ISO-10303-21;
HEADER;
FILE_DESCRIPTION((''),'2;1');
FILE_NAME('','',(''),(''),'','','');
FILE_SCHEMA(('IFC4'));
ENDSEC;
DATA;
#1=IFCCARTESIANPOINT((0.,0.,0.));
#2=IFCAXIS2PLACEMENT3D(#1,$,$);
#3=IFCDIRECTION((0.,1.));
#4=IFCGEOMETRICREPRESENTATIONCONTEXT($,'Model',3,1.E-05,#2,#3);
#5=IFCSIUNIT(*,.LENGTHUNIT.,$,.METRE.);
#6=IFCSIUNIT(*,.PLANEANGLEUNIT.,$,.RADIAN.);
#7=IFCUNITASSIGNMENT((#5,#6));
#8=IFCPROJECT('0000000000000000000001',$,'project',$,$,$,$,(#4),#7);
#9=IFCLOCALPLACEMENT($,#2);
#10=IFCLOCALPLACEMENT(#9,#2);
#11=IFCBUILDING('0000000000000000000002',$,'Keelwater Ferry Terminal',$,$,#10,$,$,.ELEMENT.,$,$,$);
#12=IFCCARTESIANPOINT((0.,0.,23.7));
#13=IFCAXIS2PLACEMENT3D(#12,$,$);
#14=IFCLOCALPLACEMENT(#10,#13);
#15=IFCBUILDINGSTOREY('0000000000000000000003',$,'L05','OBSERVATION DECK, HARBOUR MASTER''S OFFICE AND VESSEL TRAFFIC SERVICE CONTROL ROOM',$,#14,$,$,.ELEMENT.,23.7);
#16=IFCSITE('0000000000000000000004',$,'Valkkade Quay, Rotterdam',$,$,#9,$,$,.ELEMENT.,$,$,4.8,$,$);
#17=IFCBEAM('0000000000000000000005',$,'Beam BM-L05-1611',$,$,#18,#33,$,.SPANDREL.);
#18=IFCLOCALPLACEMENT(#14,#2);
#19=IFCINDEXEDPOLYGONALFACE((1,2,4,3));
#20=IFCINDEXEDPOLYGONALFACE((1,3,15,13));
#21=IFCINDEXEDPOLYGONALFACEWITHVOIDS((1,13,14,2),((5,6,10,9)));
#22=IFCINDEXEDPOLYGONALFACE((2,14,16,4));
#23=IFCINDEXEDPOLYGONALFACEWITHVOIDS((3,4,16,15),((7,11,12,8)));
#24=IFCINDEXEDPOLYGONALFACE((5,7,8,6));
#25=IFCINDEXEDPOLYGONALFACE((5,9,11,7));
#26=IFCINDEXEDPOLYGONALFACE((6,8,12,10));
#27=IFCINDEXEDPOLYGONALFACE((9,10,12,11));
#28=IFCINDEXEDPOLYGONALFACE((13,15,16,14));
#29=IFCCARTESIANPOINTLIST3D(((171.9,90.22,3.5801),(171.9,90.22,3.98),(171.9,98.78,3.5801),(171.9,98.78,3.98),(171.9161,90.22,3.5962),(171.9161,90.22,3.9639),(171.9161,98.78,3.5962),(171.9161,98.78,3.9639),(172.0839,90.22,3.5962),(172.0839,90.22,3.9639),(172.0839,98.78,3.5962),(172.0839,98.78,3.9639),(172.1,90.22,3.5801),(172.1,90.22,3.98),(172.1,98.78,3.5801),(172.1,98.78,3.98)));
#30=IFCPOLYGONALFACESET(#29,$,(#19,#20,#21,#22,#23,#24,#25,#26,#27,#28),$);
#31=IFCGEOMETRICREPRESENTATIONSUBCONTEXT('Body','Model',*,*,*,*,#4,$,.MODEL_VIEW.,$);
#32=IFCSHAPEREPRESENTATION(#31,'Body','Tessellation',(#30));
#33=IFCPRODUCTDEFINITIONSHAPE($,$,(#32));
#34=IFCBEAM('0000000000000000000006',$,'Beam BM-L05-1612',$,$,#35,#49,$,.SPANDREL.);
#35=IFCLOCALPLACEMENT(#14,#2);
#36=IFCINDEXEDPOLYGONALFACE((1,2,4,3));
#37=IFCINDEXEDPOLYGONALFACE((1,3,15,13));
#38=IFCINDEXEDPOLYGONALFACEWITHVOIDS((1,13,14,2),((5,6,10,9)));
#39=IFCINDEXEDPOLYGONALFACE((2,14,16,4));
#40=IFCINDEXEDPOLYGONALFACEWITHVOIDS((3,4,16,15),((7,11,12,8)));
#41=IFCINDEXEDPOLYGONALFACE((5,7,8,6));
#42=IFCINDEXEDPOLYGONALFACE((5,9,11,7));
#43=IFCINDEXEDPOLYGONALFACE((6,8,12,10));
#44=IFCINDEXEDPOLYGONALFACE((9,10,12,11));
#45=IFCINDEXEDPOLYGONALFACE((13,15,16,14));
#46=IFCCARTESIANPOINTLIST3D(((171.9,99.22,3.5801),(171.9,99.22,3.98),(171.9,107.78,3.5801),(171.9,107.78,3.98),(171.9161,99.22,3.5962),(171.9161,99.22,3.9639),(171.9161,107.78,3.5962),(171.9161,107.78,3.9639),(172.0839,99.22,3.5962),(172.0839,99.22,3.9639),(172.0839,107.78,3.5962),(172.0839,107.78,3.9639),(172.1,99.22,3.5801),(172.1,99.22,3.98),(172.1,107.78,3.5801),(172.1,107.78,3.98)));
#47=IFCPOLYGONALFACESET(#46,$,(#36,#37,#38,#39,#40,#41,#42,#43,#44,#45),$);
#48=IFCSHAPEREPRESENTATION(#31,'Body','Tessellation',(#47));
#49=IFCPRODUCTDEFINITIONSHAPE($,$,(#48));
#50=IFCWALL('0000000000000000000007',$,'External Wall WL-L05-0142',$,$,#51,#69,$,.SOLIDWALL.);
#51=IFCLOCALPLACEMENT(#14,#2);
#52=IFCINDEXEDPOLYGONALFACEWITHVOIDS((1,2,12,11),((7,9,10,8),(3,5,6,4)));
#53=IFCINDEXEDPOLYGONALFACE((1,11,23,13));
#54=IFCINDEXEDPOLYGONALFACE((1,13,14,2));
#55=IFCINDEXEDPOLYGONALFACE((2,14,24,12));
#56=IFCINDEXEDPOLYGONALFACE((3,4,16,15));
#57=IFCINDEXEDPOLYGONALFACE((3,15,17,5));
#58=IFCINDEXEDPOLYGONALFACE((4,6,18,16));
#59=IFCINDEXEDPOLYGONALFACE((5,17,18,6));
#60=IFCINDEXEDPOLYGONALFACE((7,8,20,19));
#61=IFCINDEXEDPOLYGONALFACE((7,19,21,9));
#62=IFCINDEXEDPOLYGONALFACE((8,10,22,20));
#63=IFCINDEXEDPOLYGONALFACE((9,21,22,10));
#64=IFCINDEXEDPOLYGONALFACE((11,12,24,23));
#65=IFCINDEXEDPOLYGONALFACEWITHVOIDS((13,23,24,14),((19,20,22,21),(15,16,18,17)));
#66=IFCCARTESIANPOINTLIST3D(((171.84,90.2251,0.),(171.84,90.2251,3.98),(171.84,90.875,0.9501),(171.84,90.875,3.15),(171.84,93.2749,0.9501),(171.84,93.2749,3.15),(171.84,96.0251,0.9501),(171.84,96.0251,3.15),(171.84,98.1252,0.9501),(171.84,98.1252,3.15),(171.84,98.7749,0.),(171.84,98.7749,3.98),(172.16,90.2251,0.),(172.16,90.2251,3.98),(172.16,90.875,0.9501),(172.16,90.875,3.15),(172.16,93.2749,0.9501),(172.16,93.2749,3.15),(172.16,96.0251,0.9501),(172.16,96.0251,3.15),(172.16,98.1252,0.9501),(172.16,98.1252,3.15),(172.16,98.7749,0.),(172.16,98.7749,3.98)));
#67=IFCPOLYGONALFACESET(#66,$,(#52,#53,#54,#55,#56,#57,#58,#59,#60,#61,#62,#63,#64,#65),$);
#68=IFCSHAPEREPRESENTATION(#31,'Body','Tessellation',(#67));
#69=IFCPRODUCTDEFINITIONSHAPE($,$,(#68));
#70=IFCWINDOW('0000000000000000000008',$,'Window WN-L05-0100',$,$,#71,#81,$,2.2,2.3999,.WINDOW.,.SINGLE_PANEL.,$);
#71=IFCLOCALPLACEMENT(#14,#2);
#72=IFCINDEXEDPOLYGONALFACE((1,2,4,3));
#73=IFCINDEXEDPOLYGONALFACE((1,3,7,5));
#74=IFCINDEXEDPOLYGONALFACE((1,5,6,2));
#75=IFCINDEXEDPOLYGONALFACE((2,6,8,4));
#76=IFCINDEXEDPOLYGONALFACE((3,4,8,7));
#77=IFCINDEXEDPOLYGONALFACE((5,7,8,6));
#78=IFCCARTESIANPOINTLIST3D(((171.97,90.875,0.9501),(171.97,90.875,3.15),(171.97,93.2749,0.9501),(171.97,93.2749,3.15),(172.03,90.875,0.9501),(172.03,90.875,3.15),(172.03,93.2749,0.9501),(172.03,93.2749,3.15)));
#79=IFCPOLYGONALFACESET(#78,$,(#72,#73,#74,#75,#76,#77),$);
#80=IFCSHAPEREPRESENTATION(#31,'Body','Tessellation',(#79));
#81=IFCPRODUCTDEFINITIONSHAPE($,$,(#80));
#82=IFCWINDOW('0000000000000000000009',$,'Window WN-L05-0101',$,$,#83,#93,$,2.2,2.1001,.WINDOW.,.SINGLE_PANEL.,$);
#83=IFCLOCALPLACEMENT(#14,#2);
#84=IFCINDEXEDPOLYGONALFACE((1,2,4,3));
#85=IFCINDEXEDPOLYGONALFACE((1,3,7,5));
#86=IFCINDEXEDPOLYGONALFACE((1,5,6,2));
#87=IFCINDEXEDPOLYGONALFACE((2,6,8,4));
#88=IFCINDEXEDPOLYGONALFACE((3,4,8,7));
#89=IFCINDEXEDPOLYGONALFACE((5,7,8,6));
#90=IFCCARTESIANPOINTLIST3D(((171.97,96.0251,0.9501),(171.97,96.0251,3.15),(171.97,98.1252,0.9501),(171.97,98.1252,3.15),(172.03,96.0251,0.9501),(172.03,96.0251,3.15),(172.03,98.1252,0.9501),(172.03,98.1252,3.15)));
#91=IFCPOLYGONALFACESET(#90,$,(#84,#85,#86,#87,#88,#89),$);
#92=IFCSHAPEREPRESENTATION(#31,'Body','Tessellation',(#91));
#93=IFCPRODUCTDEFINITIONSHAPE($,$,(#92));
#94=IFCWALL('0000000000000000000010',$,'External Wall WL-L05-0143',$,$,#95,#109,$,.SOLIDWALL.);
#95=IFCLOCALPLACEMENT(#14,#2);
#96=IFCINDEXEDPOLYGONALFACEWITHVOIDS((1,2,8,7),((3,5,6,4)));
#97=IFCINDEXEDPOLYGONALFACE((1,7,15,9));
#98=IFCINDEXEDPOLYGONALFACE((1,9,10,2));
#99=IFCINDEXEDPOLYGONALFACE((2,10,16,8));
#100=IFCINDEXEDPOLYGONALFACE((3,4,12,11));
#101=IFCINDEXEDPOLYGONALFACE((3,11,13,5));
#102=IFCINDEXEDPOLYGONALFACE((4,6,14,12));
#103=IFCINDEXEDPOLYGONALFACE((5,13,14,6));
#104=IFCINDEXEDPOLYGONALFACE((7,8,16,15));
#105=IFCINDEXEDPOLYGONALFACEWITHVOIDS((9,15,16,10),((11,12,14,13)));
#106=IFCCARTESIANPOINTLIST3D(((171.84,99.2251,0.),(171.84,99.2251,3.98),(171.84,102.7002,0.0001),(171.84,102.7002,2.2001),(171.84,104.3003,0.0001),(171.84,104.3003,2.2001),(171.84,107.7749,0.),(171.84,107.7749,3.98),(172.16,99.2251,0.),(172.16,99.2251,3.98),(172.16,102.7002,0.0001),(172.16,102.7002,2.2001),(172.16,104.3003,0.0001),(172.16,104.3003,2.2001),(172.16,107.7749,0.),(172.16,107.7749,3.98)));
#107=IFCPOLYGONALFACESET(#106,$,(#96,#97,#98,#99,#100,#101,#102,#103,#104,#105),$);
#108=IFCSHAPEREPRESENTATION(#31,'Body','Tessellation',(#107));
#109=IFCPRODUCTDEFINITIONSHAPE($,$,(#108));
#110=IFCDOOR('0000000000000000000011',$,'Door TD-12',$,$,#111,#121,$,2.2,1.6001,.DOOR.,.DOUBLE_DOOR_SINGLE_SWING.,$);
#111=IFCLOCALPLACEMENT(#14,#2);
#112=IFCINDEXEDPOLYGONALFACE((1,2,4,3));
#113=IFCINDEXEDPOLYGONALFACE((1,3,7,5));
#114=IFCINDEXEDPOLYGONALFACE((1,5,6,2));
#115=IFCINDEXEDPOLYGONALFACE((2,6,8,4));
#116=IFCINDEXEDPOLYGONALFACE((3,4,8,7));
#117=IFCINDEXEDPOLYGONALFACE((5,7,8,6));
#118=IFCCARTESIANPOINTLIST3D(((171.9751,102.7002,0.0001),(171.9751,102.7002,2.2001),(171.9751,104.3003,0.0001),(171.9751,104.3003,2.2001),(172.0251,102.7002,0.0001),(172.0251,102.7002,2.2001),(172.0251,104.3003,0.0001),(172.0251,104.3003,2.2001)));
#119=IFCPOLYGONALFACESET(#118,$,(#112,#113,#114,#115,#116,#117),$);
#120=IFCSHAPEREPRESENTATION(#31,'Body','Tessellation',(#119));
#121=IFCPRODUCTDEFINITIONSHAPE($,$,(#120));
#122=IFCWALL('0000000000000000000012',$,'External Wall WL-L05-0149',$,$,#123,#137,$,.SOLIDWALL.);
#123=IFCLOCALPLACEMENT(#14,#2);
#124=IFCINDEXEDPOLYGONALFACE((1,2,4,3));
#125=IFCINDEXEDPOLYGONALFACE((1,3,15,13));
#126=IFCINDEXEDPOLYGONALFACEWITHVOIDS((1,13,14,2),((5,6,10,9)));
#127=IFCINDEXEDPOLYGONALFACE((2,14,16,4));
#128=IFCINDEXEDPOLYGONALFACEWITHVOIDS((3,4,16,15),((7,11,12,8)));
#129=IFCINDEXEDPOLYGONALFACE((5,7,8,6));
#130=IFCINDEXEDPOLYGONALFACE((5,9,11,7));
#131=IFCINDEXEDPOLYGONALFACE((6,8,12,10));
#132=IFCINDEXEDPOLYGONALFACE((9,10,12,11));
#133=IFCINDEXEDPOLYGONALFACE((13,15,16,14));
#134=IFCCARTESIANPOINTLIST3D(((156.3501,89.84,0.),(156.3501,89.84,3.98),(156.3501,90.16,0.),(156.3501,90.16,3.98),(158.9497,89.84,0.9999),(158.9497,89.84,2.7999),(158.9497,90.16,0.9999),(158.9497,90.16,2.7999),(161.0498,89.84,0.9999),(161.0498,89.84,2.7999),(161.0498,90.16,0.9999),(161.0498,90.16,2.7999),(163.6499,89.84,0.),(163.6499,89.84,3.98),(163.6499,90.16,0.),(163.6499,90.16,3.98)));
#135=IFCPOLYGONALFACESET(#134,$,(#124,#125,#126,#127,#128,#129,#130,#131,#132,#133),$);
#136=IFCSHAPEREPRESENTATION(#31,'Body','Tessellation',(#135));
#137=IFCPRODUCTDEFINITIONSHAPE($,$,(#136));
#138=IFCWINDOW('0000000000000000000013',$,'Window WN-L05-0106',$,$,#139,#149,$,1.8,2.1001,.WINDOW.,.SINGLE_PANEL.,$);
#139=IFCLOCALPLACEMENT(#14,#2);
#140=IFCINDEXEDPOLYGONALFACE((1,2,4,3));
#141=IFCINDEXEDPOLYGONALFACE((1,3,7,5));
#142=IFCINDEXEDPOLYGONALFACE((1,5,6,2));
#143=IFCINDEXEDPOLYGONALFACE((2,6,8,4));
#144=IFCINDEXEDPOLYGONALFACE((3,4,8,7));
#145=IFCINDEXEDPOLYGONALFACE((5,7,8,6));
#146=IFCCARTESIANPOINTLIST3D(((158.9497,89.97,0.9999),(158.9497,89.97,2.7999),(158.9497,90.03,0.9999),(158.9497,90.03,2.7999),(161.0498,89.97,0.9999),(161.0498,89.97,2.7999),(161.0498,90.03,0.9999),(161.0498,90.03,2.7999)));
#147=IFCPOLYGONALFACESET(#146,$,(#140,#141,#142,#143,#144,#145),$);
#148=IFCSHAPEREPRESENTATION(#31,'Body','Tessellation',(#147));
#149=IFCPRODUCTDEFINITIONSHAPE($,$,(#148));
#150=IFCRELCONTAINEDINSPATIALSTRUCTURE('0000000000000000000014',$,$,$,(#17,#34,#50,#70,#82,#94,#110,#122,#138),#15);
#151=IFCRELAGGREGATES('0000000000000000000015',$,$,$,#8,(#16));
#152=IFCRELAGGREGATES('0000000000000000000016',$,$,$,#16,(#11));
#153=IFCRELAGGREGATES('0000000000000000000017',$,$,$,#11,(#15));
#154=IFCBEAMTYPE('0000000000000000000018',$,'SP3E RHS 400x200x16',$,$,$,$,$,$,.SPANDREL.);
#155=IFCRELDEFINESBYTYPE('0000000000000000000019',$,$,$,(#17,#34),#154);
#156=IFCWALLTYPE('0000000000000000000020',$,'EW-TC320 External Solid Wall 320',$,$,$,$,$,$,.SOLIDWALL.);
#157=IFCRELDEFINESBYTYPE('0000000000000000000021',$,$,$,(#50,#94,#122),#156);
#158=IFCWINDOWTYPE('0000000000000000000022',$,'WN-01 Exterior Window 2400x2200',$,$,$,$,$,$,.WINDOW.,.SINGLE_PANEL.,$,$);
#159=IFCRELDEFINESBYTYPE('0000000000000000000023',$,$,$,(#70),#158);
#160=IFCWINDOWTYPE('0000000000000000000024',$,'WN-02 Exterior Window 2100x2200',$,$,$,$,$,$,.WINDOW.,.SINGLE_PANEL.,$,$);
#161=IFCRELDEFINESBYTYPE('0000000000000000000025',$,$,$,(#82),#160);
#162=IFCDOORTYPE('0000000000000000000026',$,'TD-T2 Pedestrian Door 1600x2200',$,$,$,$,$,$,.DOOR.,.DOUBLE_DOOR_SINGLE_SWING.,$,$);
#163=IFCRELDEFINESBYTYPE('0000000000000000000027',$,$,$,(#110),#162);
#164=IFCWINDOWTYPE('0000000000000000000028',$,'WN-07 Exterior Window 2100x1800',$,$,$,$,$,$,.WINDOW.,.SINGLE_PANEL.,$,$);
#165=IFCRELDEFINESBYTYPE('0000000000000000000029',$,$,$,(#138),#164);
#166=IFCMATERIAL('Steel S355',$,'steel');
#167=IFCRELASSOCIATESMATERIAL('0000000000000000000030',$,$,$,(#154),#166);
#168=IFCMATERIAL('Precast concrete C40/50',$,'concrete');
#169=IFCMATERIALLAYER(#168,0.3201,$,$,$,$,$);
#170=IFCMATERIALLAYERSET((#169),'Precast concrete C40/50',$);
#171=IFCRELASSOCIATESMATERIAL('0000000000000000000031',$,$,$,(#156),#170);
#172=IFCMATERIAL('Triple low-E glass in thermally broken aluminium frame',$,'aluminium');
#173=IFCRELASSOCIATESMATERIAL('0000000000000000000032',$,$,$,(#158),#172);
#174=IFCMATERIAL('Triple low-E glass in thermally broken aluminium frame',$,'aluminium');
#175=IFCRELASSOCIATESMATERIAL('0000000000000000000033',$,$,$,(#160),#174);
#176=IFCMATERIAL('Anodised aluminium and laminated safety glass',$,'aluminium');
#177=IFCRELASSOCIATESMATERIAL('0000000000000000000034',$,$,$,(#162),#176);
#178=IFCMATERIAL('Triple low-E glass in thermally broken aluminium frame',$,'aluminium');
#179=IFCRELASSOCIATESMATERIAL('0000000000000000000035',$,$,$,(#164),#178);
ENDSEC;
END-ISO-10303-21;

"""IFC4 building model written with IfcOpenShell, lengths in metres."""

from ifc_helpers import new_model, si_unit, direction, frame, frame_2d, origin, origin_2d, place, context, subcontext, project, spatial, rectangle, hollow_rectangle, extrude, material, layer, layer_set, material_profile, profile_set, type_object, element, fill, save


model = new_model("IFC4")

# Units and contexts
model_context = context("Model", 3, precision=1e-05, world=origin(), true_north=direction((0.0, 1.0)))
body_context = subcontext(model_context, "Body", "Model", "MODEL_VIEW")
ifc_project = project(units=[si_unit("LENGTHUNIT", "METRE"), si_unit("PLANEANGLEUNIT", "RADIAN")], contexts=[model_context])

# Site, building, storey
site_placement = place(None, origin())
site = spatial("IfcSite", under=ifc_project, at=site_placement, Name="Valkkade Quay, Rotterdam", CompositionType="ELEMENT", RefElevation=4.8)
building_placement = place(site_placement, origin())
building = spatial("IfcBuilding", under=site, at=building_placement, Name="Keelwater Ferry Terminal", CompositionType="ELEMENT")
storey_placement = place(building_placement, frame((0.0, 0.0, 23.7)))
storey = spatial("IfcBuildingStorey", under=building, at=storey_placement, Name="L05", Description="OBSERVATION DECK, HARBOUR MASTER'S OFFICE AND VESSEL TRAFFIC SERVICE CONTROL ROOM", CompositionType="ELEMENT", Elevation=23.7)

# Beams
ifc_material_1 = material(Name="Steel S355", Category="steel")
ifc_material_profile_1 = material_profile(ifc_material_1, hollow_rectangle(XDim=0.2, YDim=0.3999, WallThickness=0.0161, at=origin_2d()), Name="RHS 400x200x16")
ifc_profile_set_1 = profile_set([ifc_material_profile_1], Name="Steel S355")
beam_type_1 = type_object("IfcBeamType", Name="SP3E RHS 400x200x16", PredefinedType="SPANDREL", material=ifc_profile_set_1)
for number, where, z_axis, x_axis, name in (
    (1, (172.0, 90.22, 3.78), (0.0, 1.0, 0.0), (-1.0, 0.0, 0.0), "Beam BM-L05-1611"),
    (2, (172.0, 99.22, 3.78), (0.0, 1.0, 0.0), (-1.0, 0.0, 0.0), "Beam BM-L05-1612"),
):
    element("IfcBeam", number, at=place(storey_placement, frame(where, z_axis=z_axis, x_axis=x_axis)), inside=storey, type_object=beam_type_1, Name=name, PredefinedType="SPANDREL", context=body_context, shape_type="SweptSolid", body=[
        extrude(hollow_rectangle(XDim=0.2, YDim=0.3999, WallThickness=0.0161, at=origin_2d()), origin(), (0.0, 0.0, 1.0), 8.5601),
    ])

# Wall, openings, windows
ifc_material_2 = material(Name="Precast concrete C40/50", Category="concrete")
ifc_layer_1 = layer(ifc_material_2, 0.3201)
ifc_layer_set_1 = layer_set([ifc_layer_1], Name="Precast concrete C40/50")
wall_type_1 = type_object("IfcWallType", Name="EW-TC320 External Solid Wall 320", PredefinedType="SOLIDWALL", material=ifc_layer_set_1)
wall_1_placement = place(storey_placement, frame((172.0, 90.2251, 0.0), z_axis=(0.0, 0.0, 1.0), x_axis=(0.0, 1.0, 0.0)))
wall_1 = element("IfcWall", 3, at=wall_1_placement, inside=storey, type_object=wall_type_1, Name="External Wall WL-L05-0142", PredefinedType="SOLIDWALL", context=body_context, shape_type="SweptSolid", body=[
    extrude(rectangle(XDim=8.5498, YDim=0.3201, at=frame_2d((4.2749, 0.0))), origin(), (0.0, 0.0, 1.0), 3.98),
])
opening_1_placement = place(wall_1_placement, frame((0.6499, 0.0, 0.95)))
opening_1 = element("IfcOpeningElement", 4, at=opening_1_placement, cuts=wall_1, PredefinedType="OPENING", context=body_context, shape_type="SweptSolid", body=[
    extrude(rectangle(XDim=2.3999, YDim=2.2, at=frame_2d((1.2, 1.1001))), frame((0.0, 0.1702, 0.0), z_axis=(0.0, -1.0, 0.0), x_axis=(1.0, 0.0, 0.0)), (0.0, 0.0, 1.0), 0.3401),
])
opening_2_placement = place(wall_1_placement, frame((5.8, 0.0, 0.95)))
opening_2 = element("IfcOpeningElement", 5, at=opening_2_placement, cuts=wall_1, PredefinedType="OPENING", context=body_context, shape_type="SweptSolid", body=[
    extrude(rectangle(XDim=2.1001, YDim=2.2, at=frame_2d((1.05, 1.1001))), frame((0.0, 0.1702, 0.0), z_axis=(0.0, -1.0, 0.0), x_axis=(1.0, 0.0, 0.0)), (0.0, 0.0, 1.0), 0.3401),
])
ifc_material_3 = material(Name="Triple low-E glass in thermally broken aluminium frame", Category="aluminium")
window_type_1 = type_object("IfcWindowType", Name="WN-01 Exterior Window 2400x2200", PartitioningType="SINGLE_PANEL", PredefinedType="WINDOW", material=ifc_material_3)
window_1_placement = place(opening_1_placement, origin())
window_1 = element("IfcWindow", 6, at=window_1_placement, inside=storey, type_object=window_type_1, Name="Window WN-L05-0100", OverallHeight=2.2, OverallWidth=2.3999, PartitioningType="SINGLE_PANEL", PredefinedType="WINDOW", context=body_context, shape_type="SweptSolid", body=[
    extrude(rectangle(XDim=2.3999, YDim=2.2, at=frame_2d((1.2, 1.1001))), frame((0.0, 0.03, 0.0), z_axis=(0.0, -1.0, 0.0), x_axis=(1.0, 0.0, 0.0)), (0.0, 0.0, 1.0), 0.0601),
])
fill(opening_1, window_1)
ifc_material_4 = material(Name="Triple low-E glass in thermally broken aluminium frame", Category="aluminium")
window_type_2 = type_object("IfcWindowType", Name="WN-02 Exterior Window 2100x2200", PartitioningType="SINGLE_PANEL", PredefinedType="WINDOW", material=ifc_material_4)
window_2_placement = place(opening_2_placement, origin())
window_2 = element("IfcWindow", 7, at=window_2_placement, inside=storey, type_object=window_type_2, Name="Window WN-L05-0101", OverallHeight=2.2, OverallWidth=2.1001, PartitioningType="SINGLE_PANEL", PredefinedType="WINDOW", context=body_context, shape_type="SweptSolid", body=[
    extrude(rectangle(XDim=2.1001, YDim=2.2, at=frame_2d((1.05, 1.1001))), frame((0.0, 0.03, 0.0), z_axis=(0.0, -1.0, 0.0), x_axis=(1.0, 0.0, 0.0)), (0.0, 0.0, 1.0), 0.0601),
])
fill(opening_2, window_2)

# Wall, opening, door
wall_2_placement = place(storey_placement, frame((172.0, 99.2251, 0.0), z_axis=(0.0, 0.0, 1.0), x_axis=(0.0, 1.0, 0.0)))
wall_2 = element("IfcWall", 8, at=wall_2_placement, inside=storey, type_object=wall_type_1, Name="External Wall WL-L05-0143", PredefinedType="SOLIDWALL", context=body_context, shape_type="SweptSolid", body=[
    extrude(rectangle(XDim=8.5498, YDim=0.3201, at=frame_2d((4.2749, 0.0))), origin(), (0.0, 0.0, 1.0), 3.98),
])
opening_3_placement = place(wall_2_placement, frame((3.4751, 0.0, 0.0)))
opening_3 = element("IfcOpeningElement", 9, at=opening_3_placement, cuts=wall_2, PredefinedType="OPENING", context=body_context, shape_type="SweptSolid", body=[
    extrude(rectangle(XDim=1.6001, YDim=2.2, at=frame_2d((0.8, 1.1001))), frame((0.0, 0.1702, 0.0), z_axis=(0.0, -1.0, 0.0), x_axis=(1.0, 0.0, 0.0)), (0.0, 0.0, 1.0), 0.3401),
])
ifc_material_5 = material(Name="Anodised aluminium and laminated safety glass", Category="aluminium")
door_type_1 = type_object("IfcDoorType", Name="TD-T2 Pedestrian Door 1600x2200", OperationType="DOUBLE_DOOR_SINGLE_SWING", PredefinedType="DOOR", material=ifc_material_5)
door_1_placement = place(opening_3_placement, origin())
door_1 = element("IfcDoor", 10, at=door_1_placement, inside=storey, type_object=door_type_1, Name="Door TD-12", OperationType="DOUBLE_DOOR_SINGLE_SWING", OverallHeight=2.2, OverallWidth=1.6001, PredefinedType="DOOR", context=body_context, shape_type="SweptSolid", body=[
    extrude(rectangle(XDim=1.6001, YDim=2.2, at=frame_2d((0.8, 1.1001))), frame((0.0, 0.0249, 0.0), z_axis=(0.0, -1.0, 0.0), x_axis=(1.0, 0.0, 0.0)), (0.0, 0.0, 1.0), 0.05),
])
fill(opening_3, door_1)

# Wall, opening, window
wall_3_placement = place(storey_placement, frame((163.6499, 90.0, 0.0), z_axis=(0.0, 0.0, 1.0), x_axis=(-1.0, 0.0, 0.0)))
wall_3 = element("IfcWall", 11, at=wall_3_placement, inside=storey, type_object=wall_type_1, Name="External Wall WL-L05-0149", PredefinedType="SOLIDWALL", context=body_context, shape_type="SweptSolid", body=[
    extrude(rectangle(XDim=7.2998, YDim=0.3201, at=frame_2d((3.6499, 0.0))), origin(), (0.0, 0.0, 1.0), 3.98),
])
opening_4_placement = place(wall_3_placement, frame((2.6001, 0.0, 1.0)))
opening_4 = element("IfcOpeningElement", 12, at=opening_4_placement, cuts=wall_3, PredefinedType="OPENING", context=body_context, shape_type="SweptSolid", body=[
    extrude(rectangle(XDim=2.1001, YDim=1.8, at=frame_2d((1.05, 0.8999))), frame((0.0, 0.1702, 0.0), z_axis=(0.0, -1.0, 0.0), x_axis=(1.0, 0.0, 0.0)), (0.0, 0.0, 1.0), 0.3401),
])
ifc_material_6 = material(Name="Triple low-E glass in thermally broken aluminium frame", Category="aluminium")
window_type_3 = type_object("IfcWindowType", Name="WN-07 Exterior Window 2100x1800", PartitioningType="SINGLE_PANEL", PredefinedType="WINDOW", material=ifc_material_6)
window_3_placement = place(opening_4_placement, origin())
window_3 = element("IfcWindow", 13, at=window_3_placement, inside=storey, type_object=window_type_3, Name="Window WN-L05-0106", OverallHeight=1.8, OverallWidth=2.1001, PartitioningType="SINGLE_PANEL", PredefinedType="WINDOW", context=body_context, shape_type="SweptSolid", body=[
    extrude(rectangle(XDim=2.1001, YDim=1.8, at=frame_2d((1.05, 0.8999))), frame((0.0, 0.03, 0.0), z_axis=(0.0, -1.0, 0.0), x_axis=(1.0, 0.0, 0.0)), (0.0, 0.0, 1.0), 0.0601),
])
fill(opening_4, window_3)

save(model, "model.ifc")
